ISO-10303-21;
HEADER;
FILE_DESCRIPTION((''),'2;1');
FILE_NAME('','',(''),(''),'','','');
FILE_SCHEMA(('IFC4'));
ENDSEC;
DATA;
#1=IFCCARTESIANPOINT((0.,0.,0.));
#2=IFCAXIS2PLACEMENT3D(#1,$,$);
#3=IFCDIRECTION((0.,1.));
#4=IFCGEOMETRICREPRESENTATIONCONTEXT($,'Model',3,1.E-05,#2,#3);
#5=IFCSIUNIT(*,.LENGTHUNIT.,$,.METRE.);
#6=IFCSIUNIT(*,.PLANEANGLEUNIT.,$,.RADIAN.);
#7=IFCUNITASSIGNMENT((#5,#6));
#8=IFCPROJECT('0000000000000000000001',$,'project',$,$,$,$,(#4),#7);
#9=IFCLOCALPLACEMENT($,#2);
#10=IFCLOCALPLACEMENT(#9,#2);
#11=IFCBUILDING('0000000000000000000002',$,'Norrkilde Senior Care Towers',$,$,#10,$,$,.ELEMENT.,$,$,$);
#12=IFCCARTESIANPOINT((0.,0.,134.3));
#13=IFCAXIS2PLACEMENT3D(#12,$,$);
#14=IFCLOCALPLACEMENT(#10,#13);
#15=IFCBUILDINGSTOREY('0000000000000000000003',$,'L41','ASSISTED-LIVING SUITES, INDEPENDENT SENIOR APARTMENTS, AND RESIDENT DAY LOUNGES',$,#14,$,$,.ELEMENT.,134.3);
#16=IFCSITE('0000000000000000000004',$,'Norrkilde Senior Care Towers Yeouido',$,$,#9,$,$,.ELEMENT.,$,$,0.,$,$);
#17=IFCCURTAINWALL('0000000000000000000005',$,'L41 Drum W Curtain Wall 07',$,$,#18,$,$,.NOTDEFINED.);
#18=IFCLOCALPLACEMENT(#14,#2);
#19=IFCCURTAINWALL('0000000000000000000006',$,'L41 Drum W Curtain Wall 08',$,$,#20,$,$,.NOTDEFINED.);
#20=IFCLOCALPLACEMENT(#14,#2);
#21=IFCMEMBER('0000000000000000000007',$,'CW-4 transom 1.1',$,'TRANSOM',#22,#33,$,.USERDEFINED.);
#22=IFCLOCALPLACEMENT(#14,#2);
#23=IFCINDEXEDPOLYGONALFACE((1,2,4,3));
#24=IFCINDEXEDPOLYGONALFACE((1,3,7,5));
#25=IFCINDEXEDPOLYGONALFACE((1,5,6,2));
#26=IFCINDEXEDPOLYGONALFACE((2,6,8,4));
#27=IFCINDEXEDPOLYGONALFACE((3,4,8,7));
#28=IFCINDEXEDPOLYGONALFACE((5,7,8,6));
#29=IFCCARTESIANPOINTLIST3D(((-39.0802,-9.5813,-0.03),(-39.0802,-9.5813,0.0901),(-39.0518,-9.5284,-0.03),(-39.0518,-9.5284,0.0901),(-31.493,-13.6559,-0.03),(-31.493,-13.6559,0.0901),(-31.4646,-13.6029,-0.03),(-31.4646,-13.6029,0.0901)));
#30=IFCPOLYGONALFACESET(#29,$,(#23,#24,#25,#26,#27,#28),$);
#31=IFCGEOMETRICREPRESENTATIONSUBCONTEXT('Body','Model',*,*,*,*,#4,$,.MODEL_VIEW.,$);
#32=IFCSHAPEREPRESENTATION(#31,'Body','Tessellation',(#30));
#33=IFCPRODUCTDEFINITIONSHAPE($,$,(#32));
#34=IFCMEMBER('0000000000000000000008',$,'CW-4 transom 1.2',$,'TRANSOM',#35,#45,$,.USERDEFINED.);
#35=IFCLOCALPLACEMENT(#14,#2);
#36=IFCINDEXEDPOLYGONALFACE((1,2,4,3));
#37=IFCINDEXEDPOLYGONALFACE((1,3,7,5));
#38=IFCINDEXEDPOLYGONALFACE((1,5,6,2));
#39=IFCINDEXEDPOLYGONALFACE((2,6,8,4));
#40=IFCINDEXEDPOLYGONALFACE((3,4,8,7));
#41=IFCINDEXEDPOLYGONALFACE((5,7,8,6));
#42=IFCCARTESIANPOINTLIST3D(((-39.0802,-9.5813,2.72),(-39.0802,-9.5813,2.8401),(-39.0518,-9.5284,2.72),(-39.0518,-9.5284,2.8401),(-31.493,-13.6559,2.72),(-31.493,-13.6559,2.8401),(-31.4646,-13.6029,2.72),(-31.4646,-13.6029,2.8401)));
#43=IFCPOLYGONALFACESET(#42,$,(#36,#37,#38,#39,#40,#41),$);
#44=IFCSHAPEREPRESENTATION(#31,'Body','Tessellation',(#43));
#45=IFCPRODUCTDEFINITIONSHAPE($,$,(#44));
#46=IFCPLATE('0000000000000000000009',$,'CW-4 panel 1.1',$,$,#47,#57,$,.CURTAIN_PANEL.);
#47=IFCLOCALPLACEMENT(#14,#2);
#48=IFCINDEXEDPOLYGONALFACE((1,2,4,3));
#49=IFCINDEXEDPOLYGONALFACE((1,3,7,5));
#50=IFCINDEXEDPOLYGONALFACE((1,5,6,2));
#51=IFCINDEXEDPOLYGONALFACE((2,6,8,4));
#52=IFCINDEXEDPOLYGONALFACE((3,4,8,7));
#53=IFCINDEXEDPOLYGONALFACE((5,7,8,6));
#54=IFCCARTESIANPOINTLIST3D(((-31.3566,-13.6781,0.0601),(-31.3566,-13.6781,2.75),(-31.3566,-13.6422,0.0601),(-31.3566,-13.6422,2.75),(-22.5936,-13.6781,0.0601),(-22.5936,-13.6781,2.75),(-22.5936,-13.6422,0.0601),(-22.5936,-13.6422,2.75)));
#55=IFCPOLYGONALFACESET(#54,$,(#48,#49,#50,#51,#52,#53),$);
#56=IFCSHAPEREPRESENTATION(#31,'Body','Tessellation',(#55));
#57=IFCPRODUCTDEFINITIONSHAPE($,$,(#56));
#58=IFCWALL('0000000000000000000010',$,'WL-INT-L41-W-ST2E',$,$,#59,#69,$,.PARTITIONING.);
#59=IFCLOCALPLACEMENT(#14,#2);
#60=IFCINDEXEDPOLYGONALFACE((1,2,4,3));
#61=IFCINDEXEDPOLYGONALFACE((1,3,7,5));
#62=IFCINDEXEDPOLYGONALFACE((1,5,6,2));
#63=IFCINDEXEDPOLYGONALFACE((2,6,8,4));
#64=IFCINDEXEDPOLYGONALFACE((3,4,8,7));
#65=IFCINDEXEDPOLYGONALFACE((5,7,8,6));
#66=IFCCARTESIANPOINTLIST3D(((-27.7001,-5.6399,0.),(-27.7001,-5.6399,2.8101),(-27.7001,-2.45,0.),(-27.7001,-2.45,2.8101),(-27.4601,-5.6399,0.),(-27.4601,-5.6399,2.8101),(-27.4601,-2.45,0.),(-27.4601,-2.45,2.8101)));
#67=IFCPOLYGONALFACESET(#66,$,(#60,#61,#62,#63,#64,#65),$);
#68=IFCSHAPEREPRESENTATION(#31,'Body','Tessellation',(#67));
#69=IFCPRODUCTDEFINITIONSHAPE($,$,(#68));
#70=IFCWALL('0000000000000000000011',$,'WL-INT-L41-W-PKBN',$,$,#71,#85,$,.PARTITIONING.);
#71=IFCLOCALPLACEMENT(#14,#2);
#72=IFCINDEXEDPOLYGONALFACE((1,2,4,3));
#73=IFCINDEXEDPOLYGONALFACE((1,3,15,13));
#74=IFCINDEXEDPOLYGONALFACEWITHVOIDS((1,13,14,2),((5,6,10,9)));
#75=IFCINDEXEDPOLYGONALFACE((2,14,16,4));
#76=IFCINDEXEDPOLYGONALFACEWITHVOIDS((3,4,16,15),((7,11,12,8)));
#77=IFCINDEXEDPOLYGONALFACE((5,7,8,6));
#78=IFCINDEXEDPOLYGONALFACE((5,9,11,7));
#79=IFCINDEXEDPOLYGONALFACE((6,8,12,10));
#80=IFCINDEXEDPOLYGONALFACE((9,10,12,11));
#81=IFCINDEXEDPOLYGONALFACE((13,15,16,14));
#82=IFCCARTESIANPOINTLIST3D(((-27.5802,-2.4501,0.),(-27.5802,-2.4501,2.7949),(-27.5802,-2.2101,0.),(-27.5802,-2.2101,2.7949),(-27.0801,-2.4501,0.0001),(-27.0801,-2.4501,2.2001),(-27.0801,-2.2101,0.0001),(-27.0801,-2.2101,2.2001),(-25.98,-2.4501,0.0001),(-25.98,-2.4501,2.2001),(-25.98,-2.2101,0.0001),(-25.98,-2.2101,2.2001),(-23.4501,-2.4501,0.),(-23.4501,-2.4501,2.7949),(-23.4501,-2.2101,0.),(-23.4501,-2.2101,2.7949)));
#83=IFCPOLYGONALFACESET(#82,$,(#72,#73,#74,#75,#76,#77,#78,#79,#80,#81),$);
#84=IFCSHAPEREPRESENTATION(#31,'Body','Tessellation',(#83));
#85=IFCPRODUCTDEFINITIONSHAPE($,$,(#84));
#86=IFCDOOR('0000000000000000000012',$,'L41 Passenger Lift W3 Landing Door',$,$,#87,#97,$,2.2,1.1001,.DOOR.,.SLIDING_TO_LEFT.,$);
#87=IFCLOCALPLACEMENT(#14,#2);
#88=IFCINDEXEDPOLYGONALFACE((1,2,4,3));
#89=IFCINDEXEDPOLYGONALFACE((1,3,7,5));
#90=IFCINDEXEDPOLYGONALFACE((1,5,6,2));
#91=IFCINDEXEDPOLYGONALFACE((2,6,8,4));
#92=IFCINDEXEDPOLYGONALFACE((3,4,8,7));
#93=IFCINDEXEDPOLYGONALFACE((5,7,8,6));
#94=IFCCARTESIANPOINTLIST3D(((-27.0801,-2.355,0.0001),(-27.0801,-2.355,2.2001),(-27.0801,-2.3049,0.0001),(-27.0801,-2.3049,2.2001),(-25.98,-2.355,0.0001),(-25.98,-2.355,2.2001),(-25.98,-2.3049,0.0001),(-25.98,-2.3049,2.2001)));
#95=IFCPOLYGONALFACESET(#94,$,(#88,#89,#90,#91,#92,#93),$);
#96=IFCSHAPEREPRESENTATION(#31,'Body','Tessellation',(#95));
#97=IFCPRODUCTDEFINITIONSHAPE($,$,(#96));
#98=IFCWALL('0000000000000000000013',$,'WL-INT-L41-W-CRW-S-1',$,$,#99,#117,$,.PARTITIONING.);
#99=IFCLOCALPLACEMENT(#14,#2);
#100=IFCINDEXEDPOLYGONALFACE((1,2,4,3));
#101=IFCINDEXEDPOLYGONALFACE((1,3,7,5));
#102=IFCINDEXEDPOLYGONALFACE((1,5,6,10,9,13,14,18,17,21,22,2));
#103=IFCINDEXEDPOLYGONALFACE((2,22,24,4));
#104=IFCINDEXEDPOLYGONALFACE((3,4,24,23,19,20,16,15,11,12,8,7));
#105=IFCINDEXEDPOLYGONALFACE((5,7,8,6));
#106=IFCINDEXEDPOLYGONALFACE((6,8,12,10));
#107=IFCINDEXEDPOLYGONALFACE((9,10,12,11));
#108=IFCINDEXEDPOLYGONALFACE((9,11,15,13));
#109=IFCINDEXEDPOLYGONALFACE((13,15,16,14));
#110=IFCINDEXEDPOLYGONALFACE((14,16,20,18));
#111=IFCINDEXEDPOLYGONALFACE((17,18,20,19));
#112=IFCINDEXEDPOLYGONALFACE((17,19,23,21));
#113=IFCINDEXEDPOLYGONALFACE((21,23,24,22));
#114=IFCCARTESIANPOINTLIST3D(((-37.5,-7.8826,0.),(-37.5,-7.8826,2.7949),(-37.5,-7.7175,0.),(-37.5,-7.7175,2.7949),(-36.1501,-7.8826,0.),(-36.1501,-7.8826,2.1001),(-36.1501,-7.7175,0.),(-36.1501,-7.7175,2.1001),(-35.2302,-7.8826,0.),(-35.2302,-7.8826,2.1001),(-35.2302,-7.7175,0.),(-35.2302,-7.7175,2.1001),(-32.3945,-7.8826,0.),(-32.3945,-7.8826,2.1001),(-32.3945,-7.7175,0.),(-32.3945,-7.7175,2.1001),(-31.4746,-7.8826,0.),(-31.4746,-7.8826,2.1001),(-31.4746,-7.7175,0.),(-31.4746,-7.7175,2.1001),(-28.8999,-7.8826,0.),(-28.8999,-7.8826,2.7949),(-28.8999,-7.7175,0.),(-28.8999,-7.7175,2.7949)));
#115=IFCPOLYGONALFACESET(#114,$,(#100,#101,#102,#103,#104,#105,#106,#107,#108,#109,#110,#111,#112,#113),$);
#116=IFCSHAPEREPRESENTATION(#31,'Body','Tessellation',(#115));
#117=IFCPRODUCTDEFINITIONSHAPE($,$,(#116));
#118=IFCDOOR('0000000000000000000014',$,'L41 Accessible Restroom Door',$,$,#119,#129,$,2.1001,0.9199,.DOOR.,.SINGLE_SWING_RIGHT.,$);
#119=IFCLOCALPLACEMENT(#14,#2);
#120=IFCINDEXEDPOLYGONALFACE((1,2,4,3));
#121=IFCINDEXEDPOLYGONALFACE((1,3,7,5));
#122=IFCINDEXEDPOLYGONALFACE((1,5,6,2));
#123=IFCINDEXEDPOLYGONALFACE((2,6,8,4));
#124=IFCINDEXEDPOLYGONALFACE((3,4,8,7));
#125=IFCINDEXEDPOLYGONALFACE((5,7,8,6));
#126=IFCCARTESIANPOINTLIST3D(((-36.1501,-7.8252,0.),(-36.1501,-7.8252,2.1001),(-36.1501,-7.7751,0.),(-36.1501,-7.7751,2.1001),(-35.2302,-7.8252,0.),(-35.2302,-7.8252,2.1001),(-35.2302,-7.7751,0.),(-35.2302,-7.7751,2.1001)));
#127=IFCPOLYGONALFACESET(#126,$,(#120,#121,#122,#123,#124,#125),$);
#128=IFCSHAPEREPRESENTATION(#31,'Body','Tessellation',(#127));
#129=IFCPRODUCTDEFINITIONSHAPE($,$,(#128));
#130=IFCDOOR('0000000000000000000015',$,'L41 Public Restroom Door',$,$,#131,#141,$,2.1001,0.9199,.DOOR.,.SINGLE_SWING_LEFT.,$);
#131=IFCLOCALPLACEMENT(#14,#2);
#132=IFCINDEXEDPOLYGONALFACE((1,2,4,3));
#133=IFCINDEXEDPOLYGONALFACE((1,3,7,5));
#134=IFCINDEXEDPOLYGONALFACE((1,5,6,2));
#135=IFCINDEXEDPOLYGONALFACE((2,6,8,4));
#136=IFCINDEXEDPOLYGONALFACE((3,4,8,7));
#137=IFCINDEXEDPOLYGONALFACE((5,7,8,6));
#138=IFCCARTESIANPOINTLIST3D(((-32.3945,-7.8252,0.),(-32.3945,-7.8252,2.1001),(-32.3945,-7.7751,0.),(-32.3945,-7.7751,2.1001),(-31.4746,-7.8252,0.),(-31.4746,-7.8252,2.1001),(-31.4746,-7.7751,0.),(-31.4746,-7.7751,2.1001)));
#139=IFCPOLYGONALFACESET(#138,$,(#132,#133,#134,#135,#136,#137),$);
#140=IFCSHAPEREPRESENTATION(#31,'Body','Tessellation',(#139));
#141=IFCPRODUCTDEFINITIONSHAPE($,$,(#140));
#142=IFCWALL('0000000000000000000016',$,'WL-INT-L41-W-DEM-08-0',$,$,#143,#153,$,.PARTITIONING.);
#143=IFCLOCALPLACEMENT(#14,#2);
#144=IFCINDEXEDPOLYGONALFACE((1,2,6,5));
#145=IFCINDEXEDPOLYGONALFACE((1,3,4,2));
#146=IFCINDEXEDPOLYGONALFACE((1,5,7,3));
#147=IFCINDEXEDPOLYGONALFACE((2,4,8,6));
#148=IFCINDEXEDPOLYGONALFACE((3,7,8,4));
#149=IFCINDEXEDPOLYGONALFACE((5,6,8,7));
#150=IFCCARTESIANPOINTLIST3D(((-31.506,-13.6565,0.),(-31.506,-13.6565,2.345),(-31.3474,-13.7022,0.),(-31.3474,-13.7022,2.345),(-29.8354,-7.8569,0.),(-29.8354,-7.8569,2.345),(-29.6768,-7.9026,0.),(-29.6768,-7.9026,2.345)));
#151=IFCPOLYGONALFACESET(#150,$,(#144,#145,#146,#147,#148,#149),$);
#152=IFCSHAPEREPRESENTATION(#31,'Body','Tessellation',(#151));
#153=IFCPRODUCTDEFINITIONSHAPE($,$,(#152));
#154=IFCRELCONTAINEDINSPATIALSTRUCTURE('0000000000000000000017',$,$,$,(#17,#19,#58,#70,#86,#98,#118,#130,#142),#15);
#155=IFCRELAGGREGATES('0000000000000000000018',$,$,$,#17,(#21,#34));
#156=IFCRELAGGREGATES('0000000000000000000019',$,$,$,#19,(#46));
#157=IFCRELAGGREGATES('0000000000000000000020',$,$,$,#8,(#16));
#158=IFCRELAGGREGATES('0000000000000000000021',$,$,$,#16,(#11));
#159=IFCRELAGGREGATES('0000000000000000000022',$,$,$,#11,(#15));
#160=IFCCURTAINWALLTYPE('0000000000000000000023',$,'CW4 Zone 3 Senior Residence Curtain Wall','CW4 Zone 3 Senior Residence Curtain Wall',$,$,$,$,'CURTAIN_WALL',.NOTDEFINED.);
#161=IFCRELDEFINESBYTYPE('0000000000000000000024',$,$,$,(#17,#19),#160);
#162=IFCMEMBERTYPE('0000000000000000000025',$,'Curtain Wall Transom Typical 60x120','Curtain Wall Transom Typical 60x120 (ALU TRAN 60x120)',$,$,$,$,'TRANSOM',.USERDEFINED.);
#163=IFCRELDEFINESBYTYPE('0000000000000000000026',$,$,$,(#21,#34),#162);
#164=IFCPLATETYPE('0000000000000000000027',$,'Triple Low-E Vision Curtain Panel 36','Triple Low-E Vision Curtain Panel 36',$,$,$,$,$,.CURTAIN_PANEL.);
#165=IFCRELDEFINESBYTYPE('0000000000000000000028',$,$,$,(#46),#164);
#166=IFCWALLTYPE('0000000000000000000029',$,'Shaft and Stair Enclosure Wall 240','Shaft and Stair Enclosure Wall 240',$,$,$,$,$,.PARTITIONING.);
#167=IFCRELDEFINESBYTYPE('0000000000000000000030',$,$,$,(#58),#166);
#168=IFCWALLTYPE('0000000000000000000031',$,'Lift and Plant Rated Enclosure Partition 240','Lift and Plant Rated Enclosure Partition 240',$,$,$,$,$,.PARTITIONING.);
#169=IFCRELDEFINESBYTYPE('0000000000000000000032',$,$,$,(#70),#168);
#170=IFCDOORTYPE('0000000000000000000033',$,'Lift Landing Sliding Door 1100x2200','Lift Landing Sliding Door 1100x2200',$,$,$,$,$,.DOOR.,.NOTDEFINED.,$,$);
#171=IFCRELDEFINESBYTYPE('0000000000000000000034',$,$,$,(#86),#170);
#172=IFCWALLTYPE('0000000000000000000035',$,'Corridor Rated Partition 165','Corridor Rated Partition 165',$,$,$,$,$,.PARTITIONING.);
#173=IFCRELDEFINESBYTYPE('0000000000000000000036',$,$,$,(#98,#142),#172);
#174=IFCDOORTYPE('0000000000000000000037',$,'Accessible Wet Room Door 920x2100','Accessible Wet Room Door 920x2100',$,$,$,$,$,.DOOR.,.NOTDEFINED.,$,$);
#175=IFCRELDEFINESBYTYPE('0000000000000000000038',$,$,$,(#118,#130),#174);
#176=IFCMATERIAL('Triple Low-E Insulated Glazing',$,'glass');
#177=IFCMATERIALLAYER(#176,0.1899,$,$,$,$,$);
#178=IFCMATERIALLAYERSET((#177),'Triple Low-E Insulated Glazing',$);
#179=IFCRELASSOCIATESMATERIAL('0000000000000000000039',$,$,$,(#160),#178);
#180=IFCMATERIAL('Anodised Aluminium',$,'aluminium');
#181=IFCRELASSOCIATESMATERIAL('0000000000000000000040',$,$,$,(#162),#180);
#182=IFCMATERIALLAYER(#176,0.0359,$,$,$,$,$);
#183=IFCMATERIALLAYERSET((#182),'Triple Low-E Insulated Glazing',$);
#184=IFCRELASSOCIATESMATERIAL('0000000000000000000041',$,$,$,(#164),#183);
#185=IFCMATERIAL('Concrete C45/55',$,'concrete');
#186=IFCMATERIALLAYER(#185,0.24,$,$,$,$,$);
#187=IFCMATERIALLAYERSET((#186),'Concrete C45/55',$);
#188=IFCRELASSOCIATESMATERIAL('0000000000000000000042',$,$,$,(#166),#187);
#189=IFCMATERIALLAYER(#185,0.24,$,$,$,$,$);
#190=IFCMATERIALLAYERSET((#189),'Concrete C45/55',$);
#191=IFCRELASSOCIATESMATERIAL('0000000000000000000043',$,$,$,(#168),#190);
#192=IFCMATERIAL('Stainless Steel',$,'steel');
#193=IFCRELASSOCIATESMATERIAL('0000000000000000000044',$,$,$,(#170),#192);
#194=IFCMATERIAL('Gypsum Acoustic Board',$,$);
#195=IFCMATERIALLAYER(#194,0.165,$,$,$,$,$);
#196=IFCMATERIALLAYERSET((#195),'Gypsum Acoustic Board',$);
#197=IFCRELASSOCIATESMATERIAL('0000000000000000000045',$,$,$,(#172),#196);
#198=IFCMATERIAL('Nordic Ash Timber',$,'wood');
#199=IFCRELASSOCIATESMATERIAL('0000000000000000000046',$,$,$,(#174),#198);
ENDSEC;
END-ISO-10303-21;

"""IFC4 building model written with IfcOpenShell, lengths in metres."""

from ifc_helpers import new_model, si_unit, direction, frame, frame_2d, origin, origin_2d, place, context, subcontext, project, spatial, rectangle, extrude, source, transform, mapped, material, layer, layer_set, material_profile, profile_set, type_object, type_shapes, element, fill, aggregate, save


model = new_model("IFC4")

# Units and contexts
model_context = context("Model", 3, precision=1e-05, world=origin(), true_north=direction((0.0, 1.0)))
body_context = subcontext(model_context, "Body", "Model", "MODEL_VIEW")
ifc_project = project(units=[si_unit("LENGTHUNIT", "METRE"), si_unit("PLANEANGLEUNIT", "RADIAN")], contexts=[model_context])

# Site, building, storey
site_placement = place(None, origin())
site = spatial("IfcSite", under=ifc_project, at=site_placement, Name="Norrkilde Senior Care Towers Yeouido", CompositionType="ELEMENT", RefElevation=0.0)
building_placement = place(site_placement, origin())
building = spatial("IfcBuilding", under=site, at=building_placement, Name="Norrkilde Senior Care Towers", CompositionType="ELEMENT")
storey_placement = place(building_placement, frame((0.0, 0.0, 134.3)))
storey = spatial("IfcBuildingStorey", under=building, at=storey_placement, Name="L41", Description="ASSISTED-LIVING SUITES, INDEPENDENT SENIOR APARTMENTS, AND RESIDENT DAY LOUNGES", CompositionType="ELEMENT", Elevation=134.3)

# Curtain walls
ifc_material_1 = material(Name="Triple Low-E Insulated Glazing", Category="glass")
ifc_layer_1 = layer(ifc_material_1, 0.1899)
ifc_layer_set_1 = layer_set([ifc_layer_1], Name="Triple Low-E Insulated Glazing")
curtain_wall_type = type_object("IfcCurtainWallType", Name="CW4 Zone 3 Senior Residence Curtain Wall", Description="CW4 Zone 3 Senior Residence Curtain Wall", ElementType="CURTAIN_WALL", PredefinedType="NOTDEFINED", material=ifc_layer_set_1)
curtain_wall_1_placement = place(storey_placement, origin())
curtain_wall_1 = element("IfcCurtainWall", 1, at=curtain_wall_1_placement, inside=storey, type_object=curtain_wall_type, Name="L41 Drum W Curtain Wall 07", PredefinedType="NOTDEFINED")
ifc_material_2 = material(Name="Anodised Aluminium", Category="aluminium")
curtain_wall_2_placement = place(storey_placement, origin())
curtain_wall_2 = element("IfcCurtainWall", 2, at=curtain_wall_2_placement, inside=storey, type_object=curtain_wall_type, Name="L41 Drum W Curtain Wall 08", PredefinedType="NOTDEFINED")

# Members
ifc_material_profile_1 = material_profile(ifc_material_2, rectangle(XDim=0.0601, YDim=0.1201, at=origin_2d()), Name="ALU TRAN 60x120")
ifc_profile_set_1 = profile_set([ifc_material_profile_1], Name="Anodised Aluminium")
member_type_1 = type_object("IfcMemberType", Name="Curtain Wall Transom Typical 60x120", Description="Curtain Wall Transom Typical 60x120 (ALU TRAN 60x120)", ElementType="TRANSOM", PredefinedType="USERDEFINED", material=ifc_profile_set_1)
shared_shape_1 = source(origin(), body_context, "Body", "SweptSolid", [
    extrude(rectangle(XDim=0.0601, YDim=0.1201, at=origin_2d()), origin(), (0.0, 0.0, 1.0), 8.6121),
])
type_shapes(member_type_1, [shared_shape_1])
member_1_placement = place(storey_placement, frame((-31.4788, -13.6294, 0.03), z_axis=(-0.881, 0.473116, 0.0), x_axis=(-0.473116, -0.881, 0.0)))
member_1 = element("IfcMember", 3, at=member_1_placement, type_object=member_type_1, Name="CW-4 transom 1.1", ObjectType="TRANSOM", PredefinedType="USERDEFINED", context=body_context, shape_type="MappedRepresentation", body=[
    mapped(shared_shape_1, transform((0.0, 0.0, 0.0), x_axis=(1.0, 0.0, 0.0), y_axis=(0.0, 1.0, 0.0), z_axis=(0.0, 0.0, 1.0), scale=1.0)),
])
member_2_placement = place(storey_placement, frame((-31.4788, -13.6294, 2.78), z_axis=(-0.881, 0.473116, 0.0), x_axis=(-0.473116, -0.881, 0.0)))
member_2 = element("IfcMember", 4, at=member_2_placement, type_object=member_type_1, Name="CW-4 transom 1.2", ObjectType="TRANSOM", PredefinedType="USERDEFINED", context=body_context, shape_type="MappedRepresentation", body=[
    mapped(shared_shape_1, transform((0.0, 0.0, 0.0), x_axis=(1.0, 0.0, 0.0), y_axis=(0.0, 1.0, 0.0), z_axis=(0.0, 0.0, 1.0), scale=1.0)),
])
aggregate(curtain_wall_1, [member_1, member_2])

# Plate
ifc_layer_2 = layer(ifc_material_1, 0.0359)
ifc_layer_set_2 = layer_set([ifc_layer_2], Name="Triple Low-E Insulated Glazing")
plate_type = type_object("IfcPlateType", Name="Triple Low-E Vision Curtain Panel 36", Description="Triple Low-E Vision Curtain Panel 36", PredefinedType="CURTAIN_PANEL", material=ifc_layer_set_2)
shared_shape_2 = source(origin(), body_context, "Body", "SweptSolid", [
    extrude(rectangle(XDim=8.7629, YDim=0.0359, at=origin_2d()), origin(), (0.0, 0.0, 1.0), 2.6899),
])
type_shapes(plate_type, [shared_shape_2])
plate_placement = place(storey_placement, frame((-26.9751, -13.6602, 0.0601), z_axis=(0.0, 0.0, 1.0), x_axis=(-1.0, 0.0, 0.0)))
plate = element("IfcPlate", 5, at=plate_placement, type_object=plate_type, Name="CW-4 panel 1.1", PredefinedType="CURTAIN_PANEL", context=body_context, shape_type="MappedRepresentation", body=[
    mapped(shared_shape_2, transform((0.0, 0.0, 0.0), x_axis=(1.0, 0.0, 0.0), y_axis=(0.0, 1.0, 0.0), z_axis=(0.0, 0.0, 1.0), scale=1.0)),
])
aggregate(curtain_wall_2, [plate])

# Wall
ifc_material_3 = material(Name="Concrete C45/55", Category="concrete")
ifc_layer_3 = layer(ifc_material_3, 0.24)
ifc_layer_set_3 = layer_set([ifc_layer_3], Name="Concrete C45/55")
wall_type_1 = type_object("IfcWallType", Name="Shaft and Stair Enclosure Wall 240", Description="Shaft and Stair Enclosure Wall 240", PredefinedType="PARTITIONING", material=ifc_layer_set_3)
shared_shape_3 = source(origin(), body_context, "Body", "SweptSolid", [
    extrude(rectangle(XDim=3.1899, YDim=0.24, at=frame_2d((1.595, 0.0))), origin(), (0.0, 0.0, 1.0), 2.8101),
])
type_shapes(wall_type_1, [shared_shape_3])
wall_1_placement = place(storey_placement, frame((-27.5801, -5.6399, 0.0), z_axis=(0.0, 0.0, 1.0), x_axis=(0.0, 1.0, 0.0)))
element("IfcWall", 6, at=wall_1_placement, inside=storey, type_object=wall_type_1, Name="WL-INT-L41-W-ST2E", PredefinedType="PARTITIONING", context=body_context, shape_type="MappedRepresentation", body=[
    mapped(shared_shape_3, transform((0.0, 0.0, 0.0), x_axis=(1.0, 0.0, 0.0), y_axis=(0.0, 1.0, 0.0), z_axis=(0.0, 0.0, 1.0), scale=1.0)),
])

# Wall, opening, door
ifc_layer_4 = layer(ifc_material_3, 0.24)
ifc_layer_set_4 = layer_set([ifc_layer_4], Name="Concrete C45/55")
wall_type_2 = type_object("IfcWallType", Name="Lift and Plant Rated Enclosure Partition 240", Description="Lift and Plant Rated Enclosure Partition 240", PredefinedType="PARTITIONING", material=ifc_layer_set_4)
shared_shape_4 = source(origin(), body_context, "Body", "SweptSolid", [
    extrude(rectangle(XDim=4.1301, YDim=0.24, at=frame_2d((2.0649, 0.0))), origin(), (0.0, 0.0, 1.0), 2.7949),
])
type_shapes(wall_type_2, [shared_shape_4])
wall_2_placement = place(storey_placement, frame((-27.5801, -2.3301, 0.0), z_axis=(0.0, 0.0, 1.0), x_axis=(1.0, 0.0, 0.0)))
wall_2 = element("IfcWall", 7, at=wall_2_placement, inside=storey, type_object=wall_type_2, Name="WL-INT-L41-W-PKBN", PredefinedType="PARTITIONING", context=body_context, shape_type="MappedRepresentation", body=[
    mapped(shared_shape_4, transform((0.0, 0.0, 0.0), x_axis=(1.0, 0.0, 0.0), y_axis=(0.0, 1.0, 0.0), z_axis=(0.0, 0.0, 1.0), scale=1.0)),
])
opening_1_placement = place(wall_2_placement, frame((0.5, 0.0, 0.0)))
opening_1 = element("IfcOpeningElement", 8, at=opening_1_placement, cuts=wall_2, PredefinedType="OPENING", context=body_context, shape_type="SweptSolid", body=[
    extrude(rectangle(XDim=1.1001, YDim=2.2, at=frame_2d((0.55, 1.1001))), frame((0.0, 0.1299, 0.0), z_axis=(0.0, -1.0, 0.0), x_axis=(1.0, 0.0, 0.0)), (0.0, 0.0, 1.0), 0.26),
])
ifc_material_4 = material(Name="Stainless Steel", Category="steel")
door_type_1 = type_object("IfcDoorType", Name="Lift Landing Sliding Door 1100x2200", Description="Lift Landing Sliding Door 1100x2200", OperationType="NOTDEFINED", PredefinedType="DOOR", material=ifc_material_4)
shared_shape_5 = source(origin(), body_context, "Body", "SweptSolid", [
    extrude(rectangle(XDim=1.1001, YDim=2.2, at=frame_2d((0.55, 1.1001))), frame((0.0, 0.0249, 0.0), z_axis=(0.0, -1.0, 0.0), x_axis=(1.0, 0.0, 0.0)), (0.0, 0.0, 1.0), 0.05),
])
type_shapes(door_type_1, [shared_shape_5])
door_1_placement = place(opening_1_placement, frame((1.1001, 0.0, 0.0), z_axis=(0.0, 0.0, 1.0), x_axis=(-1.0, 0.0, 0.0)))
door_1 = element("IfcDoor", 9, at=door_1_placement, inside=storey, type_object=door_type_1, Name="L41 Passenger Lift W3 Landing Door", OperationType="SLIDING_TO_LEFT", OverallHeight=2.2, OverallWidth=1.1001, PredefinedType="DOOR", context=body_context, shape_type="MappedRepresentation", body=[
    mapped(shared_shape_5, transform((0.0, 0.0, 0.0), x_axis=(1.0, 0.0, 0.0), y_axis=(0.0, 1.0, 0.0), z_axis=(0.0, 0.0, 1.0), scale=1.0)),
])
fill(opening_1, door_1)

# Wall, openings, doors
ifc_material_5 = material(Name="Gypsum Acoustic Board")
ifc_layer_5 = layer(ifc_material_5, 0.165)
ifc_layer_set_5 = layer_set([ifc_layer_5], Name="Gypsum Acoustic Board")
wall_type_3 = type_object("IfcWallType", Name="Corridor Rated Partition 165", Description="Corridor Rated Partition 165", PredefinedType="PARTITIONING", material=ifc_layer_set_5)
shared_shape_6 = source(origin(), body_context, "Body", "SweptSolid", [
    extrude(rectangle(XDim=8.6001, YDim=0.165, at=frame_2d((4.3, 0.0))), origin(), (0.0, 0.0, 1.0), 2.7949),
])
wall_3_placement = place(storey_placement, frame((-28.8999, -7.8, 0.0), z_axis=(0.0, 0.0, 1.0), x_axis=(-1.0, 0.0, 0.0)))
wall_3 = element("IfcWall", 10, at=wall_3_placement, inside=storey, type_object=wall_type_3, Name="WL-INT-L41-W-CRW-S-1", PredefinedType="PARTITIONING", context=body_context, shape_type="MappedRepresentation", body=[
    mapped(shared_shape_6, transform((0.0, 0.0, 0.0), x_axis=(1.0, 0.0, 0.0), y_axis=(0.0, 1.0, 0.0), z_axis=(0.0, 0.0, 1.0), scale=1.0)),
])
opening_2_placement = place(wall_3_placement, frame((6.3303, 0.0, 0.0)))
opening_2 = element("IfcOpeningElement", 11, at=opening_2_placement, cuts=wall_3, PredefinedType="OPENING", context=body_context, shape_type="SweptSolid", body=[
    extrude(rectangle(XDim=0.9199, YDim=2.1001, at=frame_2d((0.46, 1.05))), frame((0.0, 0.0925, 0.0), z_axis=(0.0, -1.0, 0.0), x_axis=(1.0, 0.0, 0.0)), (0.0, 0.0, 1.0), 0.1851),
])
opening_3_placement = place(wall_3_placement, frame((2.5747, 0.0, 0.0)))
opening_3 = element("IfcOpeningElement", 12, at=opening_3_placement, cuts=wall_3, PredefinedType="OPENING", context=body_context, shape_type="SweptSolid", body=[
    extrude(rectangle(XDim=0.9199, YDim=2.1001, at=frame_2d((0.46, 1.05))), frame((0.0, 0.0925, 0.0), z_axis=(0.0, -1.0, 0.0), x_axis=(1.0, 0.0, 0.0)), (0.0, 0.0, 1.0), 0.1851),
])
ifc_material_6 = material(Name="Nordic Ash Timber", Category="wood")
door_type_2 = type_object("IfcDoorType", Name="Accessible Wet Room Door 920x2100", Description="Accessible Wet Room Door 920x2100", OperationType="NOTDEFINED", PredefinedType="DOOR", material=ifc_material_6)
shared_shape_7 = source(origin(), body_context, "Body", "SweptSolid", [
    extrude(rectangle(XDim=0.9199, YDim=2.1001, at=frame_2d((0.46, 1.05))), frame((0.0, 0.0249, 0.0), z_axis=(0.0, -1.0, 0.0), x_axis=(1.0, 0.0, 0.0)), (0.0, 0.0, 1.0), 0.05),
])
type_shapes(door_type_2, [shared_shape_7])
door_2_placement = place(opening_2_placement, frame((0.9199, 0.0, 0.0), z_axis=(0.0, 0.0, 1.0), x_axis=(-1.0, 0.0, 0.0)))
door_2 = element("IfcDoor", 13, at=door_2_placement, inside=storey, type_object=door_type_2, Name="L41 Accessible Restroom Door", OperationType="SINGLE_SWING_RIGHT", OverallHeight=2.1001, OverallWidth=0.9199, PredefinedType="DOOR", context=body_context, shape_type="MappedRepresentation", body=[
    mapped(shared_shape_7, transform((0.0, 0.0, 0.0), x_axis=(1.0, 0.0, 0.0), y_axis=(0.0, 1.0, 0.0), z_axis=(0.0, 0.0, 1.0), scale=1.0)),
])
fill(opening_2, door_2)
door_3_placement = place(opening_3_placement, frame((0.9199, 0.0, 0.0), z_axis=(0.0, 0.0, 1.0), x_axis=(-1.0, 0.0, 0.0)))
door_3 = element("IfcDoor", 14, at=door_3_placement, inside=storey, type_object=door_type_2, Name="L41 Public Restroom Door", OperationType="SINGLE_SWING_LEFT", OverallHeight=2.1001, OverallWidth=0.9199, PredefinedType="DOOR", context=body_context, shape_type="MappedRepresentation", body=[
    mapped(shared_shape_7, transform((0.0, 0.0, 0.0), x_axis=(1.0, 0.0, 0.0), y_axis=(0.0, 1.0, 0.0), z_axis=(0.0, 0.0, 1.0), scale=1.0)),
])
fill(opening_3, door_3)

# Wall
shared_shape_8 = source(origin(), body_context, "Body", "SweptSolid", [
    extrude(rectangle(XDim=6.0354, YDim=0.165, at=frame_2d((3.0176, 0.0))), origin(), (0.0, 0.0, 1.0), 2.345),
])
wall_4_placement = place(storey_placement, frame((-29.7561, -7.8799, 0.0), z_axis=(0.0, 0.0, 1.0), x_axis=(-0.276809, -0.960925, 0.0)))
element("IfcWall", 15, at=wall_4_placement, inside=storey, type_object=wall_type_3, Name="WL-INT-L41-W-DEM-08-0", PredefinedType="PARTITIONING", context=body_context, shape_type="MappedRepresentation", body=[
    mapped(shared_shape_8, transform((0.0, 0.0, 0.0), x_axis=(1.0, 0.0, 0.0), y_axis=(0.0, 1.0, 0.0), z_axis=(0.0, 0.0, 1.0), scale=1.0)),
])

save(model, "model.ifc")
